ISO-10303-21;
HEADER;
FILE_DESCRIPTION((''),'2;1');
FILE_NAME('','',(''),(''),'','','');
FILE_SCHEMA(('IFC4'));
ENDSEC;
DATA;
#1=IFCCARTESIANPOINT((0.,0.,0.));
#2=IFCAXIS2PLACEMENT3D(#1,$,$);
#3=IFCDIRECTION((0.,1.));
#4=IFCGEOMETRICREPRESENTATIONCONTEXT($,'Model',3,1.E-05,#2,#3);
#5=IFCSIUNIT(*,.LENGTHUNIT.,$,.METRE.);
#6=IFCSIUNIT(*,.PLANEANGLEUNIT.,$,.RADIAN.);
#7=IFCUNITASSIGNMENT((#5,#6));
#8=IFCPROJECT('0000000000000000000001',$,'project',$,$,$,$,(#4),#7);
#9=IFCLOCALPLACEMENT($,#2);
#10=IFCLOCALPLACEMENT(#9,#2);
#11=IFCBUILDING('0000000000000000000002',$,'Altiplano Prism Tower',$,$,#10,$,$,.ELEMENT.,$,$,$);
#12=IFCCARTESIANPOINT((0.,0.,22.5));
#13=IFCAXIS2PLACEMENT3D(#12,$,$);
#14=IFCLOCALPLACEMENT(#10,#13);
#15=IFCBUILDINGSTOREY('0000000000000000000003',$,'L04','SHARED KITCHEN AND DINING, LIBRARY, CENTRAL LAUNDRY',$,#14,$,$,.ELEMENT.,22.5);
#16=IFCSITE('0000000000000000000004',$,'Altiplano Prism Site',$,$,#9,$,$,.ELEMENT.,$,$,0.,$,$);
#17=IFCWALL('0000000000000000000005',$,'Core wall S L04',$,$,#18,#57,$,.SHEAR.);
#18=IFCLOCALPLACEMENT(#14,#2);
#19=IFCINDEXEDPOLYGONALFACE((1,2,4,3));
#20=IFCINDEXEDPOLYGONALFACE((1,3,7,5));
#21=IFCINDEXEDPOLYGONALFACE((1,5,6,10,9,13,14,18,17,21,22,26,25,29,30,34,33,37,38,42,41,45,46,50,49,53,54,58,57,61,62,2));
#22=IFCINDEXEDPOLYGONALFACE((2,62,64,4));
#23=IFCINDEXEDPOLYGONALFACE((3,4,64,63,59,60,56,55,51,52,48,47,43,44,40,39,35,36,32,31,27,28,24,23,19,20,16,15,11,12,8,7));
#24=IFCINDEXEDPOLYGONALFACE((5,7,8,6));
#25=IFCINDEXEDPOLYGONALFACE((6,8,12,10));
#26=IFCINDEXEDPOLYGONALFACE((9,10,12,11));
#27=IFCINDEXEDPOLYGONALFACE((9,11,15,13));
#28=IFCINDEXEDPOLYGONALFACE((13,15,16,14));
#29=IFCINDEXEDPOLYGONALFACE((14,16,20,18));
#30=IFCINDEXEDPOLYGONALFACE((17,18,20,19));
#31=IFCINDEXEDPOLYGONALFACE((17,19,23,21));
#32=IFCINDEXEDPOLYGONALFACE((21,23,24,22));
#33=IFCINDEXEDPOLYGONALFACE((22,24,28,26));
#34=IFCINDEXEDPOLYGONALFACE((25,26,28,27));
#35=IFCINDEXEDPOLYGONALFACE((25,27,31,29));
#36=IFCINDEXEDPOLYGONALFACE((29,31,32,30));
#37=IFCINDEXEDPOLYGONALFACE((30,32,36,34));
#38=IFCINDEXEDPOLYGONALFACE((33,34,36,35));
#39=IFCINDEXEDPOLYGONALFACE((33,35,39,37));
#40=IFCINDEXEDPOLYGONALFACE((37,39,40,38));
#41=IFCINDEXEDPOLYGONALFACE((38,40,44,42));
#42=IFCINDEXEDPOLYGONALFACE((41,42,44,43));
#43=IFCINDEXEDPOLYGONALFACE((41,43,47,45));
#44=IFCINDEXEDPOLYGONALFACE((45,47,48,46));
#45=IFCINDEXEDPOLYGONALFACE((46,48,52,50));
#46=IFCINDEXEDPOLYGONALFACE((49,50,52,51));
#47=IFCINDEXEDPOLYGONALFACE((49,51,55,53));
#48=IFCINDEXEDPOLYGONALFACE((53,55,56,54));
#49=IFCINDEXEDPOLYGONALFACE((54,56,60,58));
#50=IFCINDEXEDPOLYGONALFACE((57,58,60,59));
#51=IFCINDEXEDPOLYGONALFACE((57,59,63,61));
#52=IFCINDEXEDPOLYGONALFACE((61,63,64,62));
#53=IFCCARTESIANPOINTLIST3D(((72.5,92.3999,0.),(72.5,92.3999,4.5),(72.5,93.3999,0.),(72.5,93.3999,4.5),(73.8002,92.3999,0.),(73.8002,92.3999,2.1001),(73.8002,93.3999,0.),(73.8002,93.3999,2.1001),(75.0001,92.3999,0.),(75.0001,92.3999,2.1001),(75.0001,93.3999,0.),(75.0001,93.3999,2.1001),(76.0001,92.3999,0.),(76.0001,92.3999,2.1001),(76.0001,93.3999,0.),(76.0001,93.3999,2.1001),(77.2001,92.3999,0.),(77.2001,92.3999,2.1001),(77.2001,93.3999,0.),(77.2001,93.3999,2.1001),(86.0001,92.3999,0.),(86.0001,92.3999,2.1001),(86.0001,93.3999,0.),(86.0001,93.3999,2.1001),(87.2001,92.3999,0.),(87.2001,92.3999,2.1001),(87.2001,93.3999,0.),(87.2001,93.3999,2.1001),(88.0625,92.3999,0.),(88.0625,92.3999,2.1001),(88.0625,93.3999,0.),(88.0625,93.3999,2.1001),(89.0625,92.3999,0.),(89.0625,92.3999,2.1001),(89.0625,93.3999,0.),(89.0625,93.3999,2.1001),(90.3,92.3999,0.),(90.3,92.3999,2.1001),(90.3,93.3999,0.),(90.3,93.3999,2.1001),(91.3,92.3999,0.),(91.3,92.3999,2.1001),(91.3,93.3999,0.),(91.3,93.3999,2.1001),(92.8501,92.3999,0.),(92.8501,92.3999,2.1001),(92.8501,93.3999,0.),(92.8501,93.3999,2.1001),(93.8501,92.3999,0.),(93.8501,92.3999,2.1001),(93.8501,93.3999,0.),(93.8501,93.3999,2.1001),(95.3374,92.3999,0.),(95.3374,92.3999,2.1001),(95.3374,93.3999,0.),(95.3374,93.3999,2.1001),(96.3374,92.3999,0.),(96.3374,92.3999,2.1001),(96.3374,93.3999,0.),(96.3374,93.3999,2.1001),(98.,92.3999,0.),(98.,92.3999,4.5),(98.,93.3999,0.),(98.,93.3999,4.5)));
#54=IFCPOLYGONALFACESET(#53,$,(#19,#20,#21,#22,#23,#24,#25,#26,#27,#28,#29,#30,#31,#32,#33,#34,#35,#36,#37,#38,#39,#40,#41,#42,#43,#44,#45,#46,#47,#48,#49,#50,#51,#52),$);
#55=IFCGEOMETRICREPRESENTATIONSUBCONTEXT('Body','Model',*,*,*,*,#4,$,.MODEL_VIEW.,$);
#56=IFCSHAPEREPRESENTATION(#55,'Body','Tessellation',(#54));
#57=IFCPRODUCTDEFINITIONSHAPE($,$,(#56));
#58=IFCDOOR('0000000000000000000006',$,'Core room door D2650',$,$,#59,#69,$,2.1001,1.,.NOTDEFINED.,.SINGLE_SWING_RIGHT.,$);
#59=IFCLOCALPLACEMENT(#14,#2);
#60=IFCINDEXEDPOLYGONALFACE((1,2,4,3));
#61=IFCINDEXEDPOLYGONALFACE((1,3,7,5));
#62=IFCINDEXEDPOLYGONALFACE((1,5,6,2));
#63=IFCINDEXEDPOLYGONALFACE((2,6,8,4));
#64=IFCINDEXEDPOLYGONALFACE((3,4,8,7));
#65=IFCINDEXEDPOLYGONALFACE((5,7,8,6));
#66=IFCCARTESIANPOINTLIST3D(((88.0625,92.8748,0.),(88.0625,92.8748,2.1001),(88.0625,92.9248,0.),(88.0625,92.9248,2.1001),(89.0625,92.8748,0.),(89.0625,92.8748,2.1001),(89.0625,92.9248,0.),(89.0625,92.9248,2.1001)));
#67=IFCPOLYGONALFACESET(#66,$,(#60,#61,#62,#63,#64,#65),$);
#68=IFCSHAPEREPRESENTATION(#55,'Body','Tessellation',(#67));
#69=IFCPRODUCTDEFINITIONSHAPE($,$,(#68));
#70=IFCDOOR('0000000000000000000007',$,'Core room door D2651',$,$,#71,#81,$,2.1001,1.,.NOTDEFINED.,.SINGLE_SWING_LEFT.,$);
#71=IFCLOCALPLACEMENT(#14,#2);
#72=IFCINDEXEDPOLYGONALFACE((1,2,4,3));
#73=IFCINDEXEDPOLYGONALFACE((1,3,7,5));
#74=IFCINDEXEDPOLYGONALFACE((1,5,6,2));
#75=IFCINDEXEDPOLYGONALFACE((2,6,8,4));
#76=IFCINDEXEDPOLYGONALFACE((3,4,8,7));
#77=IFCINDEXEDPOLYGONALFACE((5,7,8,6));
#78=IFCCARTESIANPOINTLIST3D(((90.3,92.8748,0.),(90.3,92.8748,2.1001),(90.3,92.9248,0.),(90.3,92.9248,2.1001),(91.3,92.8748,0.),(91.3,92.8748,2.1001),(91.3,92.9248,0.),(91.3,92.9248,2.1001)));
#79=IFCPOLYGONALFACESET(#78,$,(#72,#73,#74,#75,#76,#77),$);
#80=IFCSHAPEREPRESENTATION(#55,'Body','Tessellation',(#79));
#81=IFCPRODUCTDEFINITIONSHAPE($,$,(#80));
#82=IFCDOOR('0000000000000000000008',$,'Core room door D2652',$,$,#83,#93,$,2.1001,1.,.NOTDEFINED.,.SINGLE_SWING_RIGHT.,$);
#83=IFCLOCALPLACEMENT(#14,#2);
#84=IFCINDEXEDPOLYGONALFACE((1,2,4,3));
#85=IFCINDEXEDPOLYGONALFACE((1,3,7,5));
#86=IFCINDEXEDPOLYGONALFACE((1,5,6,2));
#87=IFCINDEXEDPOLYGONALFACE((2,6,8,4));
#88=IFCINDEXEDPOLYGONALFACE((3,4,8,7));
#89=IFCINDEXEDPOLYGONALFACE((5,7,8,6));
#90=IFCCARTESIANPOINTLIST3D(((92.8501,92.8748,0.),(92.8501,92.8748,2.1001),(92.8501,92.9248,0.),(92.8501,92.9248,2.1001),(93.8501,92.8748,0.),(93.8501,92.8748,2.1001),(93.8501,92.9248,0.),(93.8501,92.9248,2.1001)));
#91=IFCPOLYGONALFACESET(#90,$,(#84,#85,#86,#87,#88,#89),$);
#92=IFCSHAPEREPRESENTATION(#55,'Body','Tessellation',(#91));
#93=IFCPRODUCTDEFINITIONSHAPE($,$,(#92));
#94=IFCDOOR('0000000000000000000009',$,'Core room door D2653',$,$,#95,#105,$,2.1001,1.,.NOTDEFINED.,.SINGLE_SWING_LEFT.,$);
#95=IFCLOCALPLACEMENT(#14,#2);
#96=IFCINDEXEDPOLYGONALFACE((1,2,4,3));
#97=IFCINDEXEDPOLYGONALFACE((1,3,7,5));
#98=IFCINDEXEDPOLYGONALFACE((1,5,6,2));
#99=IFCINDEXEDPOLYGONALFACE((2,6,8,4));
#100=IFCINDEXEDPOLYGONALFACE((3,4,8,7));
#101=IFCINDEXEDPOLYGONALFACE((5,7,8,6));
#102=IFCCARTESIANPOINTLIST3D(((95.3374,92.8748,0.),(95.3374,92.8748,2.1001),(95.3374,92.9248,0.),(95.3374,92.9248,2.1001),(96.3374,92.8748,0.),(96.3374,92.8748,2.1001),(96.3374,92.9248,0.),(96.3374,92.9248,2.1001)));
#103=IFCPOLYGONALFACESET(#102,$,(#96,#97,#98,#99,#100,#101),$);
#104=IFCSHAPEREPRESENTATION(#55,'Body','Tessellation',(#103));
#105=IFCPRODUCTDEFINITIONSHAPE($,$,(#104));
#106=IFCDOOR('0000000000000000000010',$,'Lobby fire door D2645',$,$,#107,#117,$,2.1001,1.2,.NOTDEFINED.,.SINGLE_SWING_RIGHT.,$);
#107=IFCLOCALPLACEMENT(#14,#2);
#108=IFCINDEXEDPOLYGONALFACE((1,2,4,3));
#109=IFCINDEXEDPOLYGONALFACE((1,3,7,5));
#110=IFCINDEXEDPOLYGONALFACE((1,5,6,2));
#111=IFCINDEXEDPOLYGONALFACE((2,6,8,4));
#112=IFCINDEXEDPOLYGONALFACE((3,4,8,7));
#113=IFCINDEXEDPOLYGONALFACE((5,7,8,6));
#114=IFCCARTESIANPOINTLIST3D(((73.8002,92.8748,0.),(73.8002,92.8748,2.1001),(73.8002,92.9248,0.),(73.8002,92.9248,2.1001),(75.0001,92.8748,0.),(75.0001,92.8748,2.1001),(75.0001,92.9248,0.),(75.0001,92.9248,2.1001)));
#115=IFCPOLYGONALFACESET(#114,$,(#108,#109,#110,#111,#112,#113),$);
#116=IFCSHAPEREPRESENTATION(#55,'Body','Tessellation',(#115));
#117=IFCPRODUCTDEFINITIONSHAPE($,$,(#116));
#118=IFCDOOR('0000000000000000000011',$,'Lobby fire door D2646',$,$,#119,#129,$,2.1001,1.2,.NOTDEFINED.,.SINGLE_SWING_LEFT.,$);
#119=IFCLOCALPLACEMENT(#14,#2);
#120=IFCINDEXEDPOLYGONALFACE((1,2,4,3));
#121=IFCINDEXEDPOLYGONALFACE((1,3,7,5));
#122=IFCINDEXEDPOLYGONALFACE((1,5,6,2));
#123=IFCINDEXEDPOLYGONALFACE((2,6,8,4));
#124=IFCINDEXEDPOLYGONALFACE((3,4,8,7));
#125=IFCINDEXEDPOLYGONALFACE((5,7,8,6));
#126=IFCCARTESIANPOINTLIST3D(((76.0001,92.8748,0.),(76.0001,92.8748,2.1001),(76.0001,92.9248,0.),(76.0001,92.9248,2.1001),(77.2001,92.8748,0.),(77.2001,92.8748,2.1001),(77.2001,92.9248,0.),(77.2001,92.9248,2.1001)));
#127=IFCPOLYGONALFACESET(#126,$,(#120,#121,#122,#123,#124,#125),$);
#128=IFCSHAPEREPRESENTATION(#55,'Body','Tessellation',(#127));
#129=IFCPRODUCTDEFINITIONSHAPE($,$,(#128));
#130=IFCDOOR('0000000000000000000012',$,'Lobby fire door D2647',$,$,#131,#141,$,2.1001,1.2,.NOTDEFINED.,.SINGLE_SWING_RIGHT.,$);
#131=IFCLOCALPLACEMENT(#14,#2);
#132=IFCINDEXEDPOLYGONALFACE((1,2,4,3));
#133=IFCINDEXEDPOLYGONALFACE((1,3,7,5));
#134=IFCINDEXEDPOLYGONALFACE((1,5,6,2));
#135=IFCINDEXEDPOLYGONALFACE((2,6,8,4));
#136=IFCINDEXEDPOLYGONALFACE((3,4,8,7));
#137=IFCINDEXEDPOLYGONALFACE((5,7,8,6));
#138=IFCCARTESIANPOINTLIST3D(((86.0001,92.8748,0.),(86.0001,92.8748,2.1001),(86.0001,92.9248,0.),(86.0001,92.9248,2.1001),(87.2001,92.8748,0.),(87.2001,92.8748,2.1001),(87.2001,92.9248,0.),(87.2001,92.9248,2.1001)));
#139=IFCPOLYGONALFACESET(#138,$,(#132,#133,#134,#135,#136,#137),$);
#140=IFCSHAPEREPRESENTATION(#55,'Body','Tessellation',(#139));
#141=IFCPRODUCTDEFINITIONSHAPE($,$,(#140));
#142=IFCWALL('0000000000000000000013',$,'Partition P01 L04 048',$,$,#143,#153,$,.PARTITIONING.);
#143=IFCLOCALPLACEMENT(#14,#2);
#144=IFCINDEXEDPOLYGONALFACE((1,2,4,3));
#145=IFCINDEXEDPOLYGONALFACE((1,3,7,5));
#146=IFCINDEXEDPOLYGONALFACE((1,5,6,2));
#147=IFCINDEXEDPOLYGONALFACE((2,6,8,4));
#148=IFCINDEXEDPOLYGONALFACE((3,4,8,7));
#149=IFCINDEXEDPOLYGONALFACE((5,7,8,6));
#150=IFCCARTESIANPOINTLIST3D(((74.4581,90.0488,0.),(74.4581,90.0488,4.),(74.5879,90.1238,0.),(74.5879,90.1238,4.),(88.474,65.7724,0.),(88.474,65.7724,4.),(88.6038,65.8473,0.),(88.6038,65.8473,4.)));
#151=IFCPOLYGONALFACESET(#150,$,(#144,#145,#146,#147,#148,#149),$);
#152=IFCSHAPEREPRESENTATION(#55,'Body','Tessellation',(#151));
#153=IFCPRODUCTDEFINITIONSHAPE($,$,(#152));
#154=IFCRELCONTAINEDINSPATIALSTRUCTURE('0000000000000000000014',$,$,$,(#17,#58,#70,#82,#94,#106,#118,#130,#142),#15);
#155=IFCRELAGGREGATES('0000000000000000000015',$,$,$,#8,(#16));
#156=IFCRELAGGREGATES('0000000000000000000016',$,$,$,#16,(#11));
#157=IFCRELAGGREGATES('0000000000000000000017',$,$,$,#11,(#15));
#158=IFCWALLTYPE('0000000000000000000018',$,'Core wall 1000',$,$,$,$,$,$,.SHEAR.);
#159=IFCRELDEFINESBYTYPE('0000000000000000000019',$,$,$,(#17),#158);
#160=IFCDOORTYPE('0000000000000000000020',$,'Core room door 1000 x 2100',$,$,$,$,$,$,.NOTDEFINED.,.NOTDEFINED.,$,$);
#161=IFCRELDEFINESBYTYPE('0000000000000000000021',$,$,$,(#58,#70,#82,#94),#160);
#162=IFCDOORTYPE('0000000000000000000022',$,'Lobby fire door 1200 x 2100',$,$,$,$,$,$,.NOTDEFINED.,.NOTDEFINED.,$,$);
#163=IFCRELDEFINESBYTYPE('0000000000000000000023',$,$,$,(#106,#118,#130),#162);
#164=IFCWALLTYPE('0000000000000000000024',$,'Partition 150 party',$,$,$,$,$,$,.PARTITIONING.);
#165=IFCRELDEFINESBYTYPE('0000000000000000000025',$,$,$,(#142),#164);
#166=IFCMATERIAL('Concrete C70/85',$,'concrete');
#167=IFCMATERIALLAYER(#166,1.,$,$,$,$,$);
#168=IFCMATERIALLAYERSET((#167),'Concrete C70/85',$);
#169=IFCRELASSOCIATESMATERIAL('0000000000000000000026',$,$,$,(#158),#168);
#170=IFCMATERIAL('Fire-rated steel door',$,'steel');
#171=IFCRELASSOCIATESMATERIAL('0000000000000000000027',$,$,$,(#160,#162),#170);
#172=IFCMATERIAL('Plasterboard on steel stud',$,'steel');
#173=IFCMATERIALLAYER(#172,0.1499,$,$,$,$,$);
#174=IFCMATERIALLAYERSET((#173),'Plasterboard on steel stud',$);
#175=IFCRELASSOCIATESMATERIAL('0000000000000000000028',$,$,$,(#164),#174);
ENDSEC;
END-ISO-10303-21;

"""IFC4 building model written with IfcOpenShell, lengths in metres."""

from ifc_helpers import new_model, si_unit, direction, frame, frame_2d, origin, place, context, subcontext, project, spatial, rectangle, extrude, material, layer, layer_set, type_object, element, fill, save


model = new_model("IFC4")

# Units and contexts
model_context = context("Model", 3, precision=1e-05, world=origin(), true_north=direction((0.0, 1.0)))
body_context = subcontext(model_context, "Body", "Model", "MODEL_VIEW")
ifc_project = project(units=[si_unit("LENGTHUNIT", "METRE"), si_unit("PLANEANGLEUNIT", "RADIAN")], contexts=[model_context])

# Site, building, storey
site_placement = place(None, origin())
site = spatial("IfcSite", under=ifc_project, at=site_placement, Name="Altiplano Prism Site", CompositionType="ELEMENT", RefElevation=0.0)
building_placement = place(site_placement, origin())
building = spatial("IfcBuilding", under=site, at=building_placement, Name="Altiplano Prism Tower", CompositionType="ELEMENT")
storey_placement = place(building_placement, frame((0.0, 0.0, 22.5)))
storey = spatial("IfcBuildingStorey", under=building, at=storey_placement, Name="L04", Description="SHARED KITCHEN AND DINING, LIBRARY, CENTRAL LAUNDRY", CompositionType="ELEMENT", Elevation=22.5)

# Wall, openings, doors
ifc_material_1 = material(Name="Concrete C70/85", Category="concrete")
ifc_layer_1 = layer(ifc_material_1, 1.0)
ifc_layer_set_1 = layer_set([ifc_layer_1], Name="Concrete C70/85")
wall_type_1 = type_object("IfcWallType", Name="Core wall 1000", PredefinedType="SHEAR", material=ifc_layer_set_1)
wall_1_placement = place(storey_placement, frame((72.5, 92.8999, 0.0), z_axis=(0.0, 0.0, 1.0), x_axis=(1.0, 0.0, 0.0)))
wall_1 = element("IfcWall", 1, at=wall_1_placement, inside=storey, type_object=wall_type_1, Name="Core wall S L04", PredefinedType="SHEAR", context=body_context, shape_type="SweptSolid", body=[
    extrude(rectangle(XDim=25.5, YDim=1.0, at=frame_2d((12.75, 0.0))), origin(), (0.0, 0.0, 1.0), 4.5),
])
opening_1_placement = place(wall_1_placement, frame((1.3, 0.0, 0.0)))
opening_1 = element("IfcOpeningElement", 2, at=opening_1_placement, cuts=wall_1, PredefinedType="OPENING", context=body_context, shape_type="SweptSolid", body=[
    extrude(rectangle(XDim=1.2, YDim=2.1001, at=frame_2d((0.6001, 1.05))), frame((0.0, 0.5105, 0.0), z_axis=(0.0, -1.0, 0.0), x_axis=(1.0, 0.0, 0.0)), (0.0, 0.0, 1.0), 1.021),
])
opening_2_placement = place(wall_1_placement, frame((3.5, 0.0, 0.0)))
opening_2 = element("IfcOpeningElement", 3, at=opening_2_placement, cuts=wall_1, PredefinedType="OPENING", context=body_context, shape_type="SweptSolid", body=[
    extrude(rectangle(XDim=1.2, YDim=2.1001, at=frame_2d((0.6001, 1.05))), frame((0.0, 0.5105, 0.0), z_axis=(0.0, -1.0, 0.0), x_axis=(1.0, 0.0, 0.0)), (0.0, 0.0, 1.0), 1.021),
])
opening_3_placement = place(wall_1_placement, frame((13.5, 0.0, 0.0)))
opening_3 = element("IfcOpeningElement", 4, at=opening_3_placement, cuts=wall_1, PredefinedType="OPENING", context=body_context, shape_type="SweptSolid", body=[
    extrude(rectangle(XDim=1.2, YDim=2.1001, at=frame_2d((0.6001, 1.05))), frame((0.0, 0.5105, 0.0), z_axis=(0.0, -1.0, 0.0), x_axis=(1.0, 0.0, 0.0)), (0.0, 0.0, 1.0), 1.021),
])
opening_4_placement = place(wall_1_placement, frame((15.5625, 0.0, 0.0)))
opening_4 = element("IfcOpeningElement", 5, at=opening_4_placement, cuts=wall_1, PredefinedType="OPENING", context=body_context, shape_type="SweptSolid", body=[
    extrude(rectangle(XDim=1.0, YDim=2.1001, at=frame_2d((0.5, 1.05))), frame((0.0, 0.5105, 0.0), z_axis=(0.0, -1.0, 0.0), x_axis=(1.0, 0.0, 0.0)), (0.0, 0.0, 1.0), 1.021),
])
opening_5_placement = place(wall_1_placement, frame((17.8, 0.0, 0.0)))
opening_5 = element("IfcOpeningElement", 6, at=opening_5_placement, cuts=wall_1, PredefinedType="OPENING", context=body_context, shape_type="SweptSolid", body=[
    extrude(rectangle(XDim=1.0, YDim=2.1001, at=frame_2d((0.5, 1.05))), frame((0.0, 0.5105, 0.0), z_axis=(0.0, -1.0, 0.0), x_axis=(1.0, 0.0, 0.0)), (0.0, 0.0, 1.0), 1.021),
])
opening_6_placement = place(wall_1_placement, frame((20.3501, 0.0, 0.0)))
opening_6 = element("IfcOpeningElement", 7, at=opening_6_placement, cuts=wall_1, PredefinedType="OPENING", context=body_context, shape_type="SweptSolid", body=[
    extrude(rectangle(XDim=1.0, YDim=2.1001, at=frame_2d((0.5, 1.05))), frame((0.0, 0.5105, 0.0), z_axis=(0.0, -1.0, 0.0), x_axis=(1.0, 0.0, 0.0)), (0.0, 0.0, 1.0), 1.021),
])
opening_7_placement = place(wall_1_placement, frame((22.8374, 0.0, 0.0)))
opening_7 = element("IfcOpeningElement", 8, at=opening_7_placement, cuts=wall_1, PredefinedType="OPENING", context=body_context, shape_type="SweptSolid", body=[
    extrude(rectangle(XDim=1.0, YDim=2.1001, at=frame_2d((0.5, 1.05))), frame((0.0, 0.5105, 0.0), z_axis=(0.0, -1.0, 0.0), x_axis=(1.0, 0.0, 0.0)), (0.0, 0.0, 1.0), 1.021),
])
ifc_material_2 = material(Name="Fire-rated steel door", Category="steel")
door_type_1 = type_object("IfcDoorType", Name="Core room door 1000 x 2100", OperationType="NOTDEFINED", PredefinedType="NOTDEFINED", material=ifc_material_2)
door_1_placement = place(opening_4_placement, origin())
door_1 = element("IfcDoor", 9, at=door_1_placement, inside=storey, type_object=door_type_1, Name="Core room door D2650", OperationType="SINGLE_SWING_RIGHT", OverallHeight=2.1001, OverallWidth=1.0, PredefinedType="NOTDEFINED", context=body_context, shape_type="SweptSolid", body=[
    extrude(rectangle(XDim=1.0, YDim=2.1001, at=frame_2d((0.5, 1.05))), frame((0.0, 0.0249, 0.0), z_axis=(0.0, -1.0, 0.0), x_axis=(1.0, 0.0, 0.0)), (0.0, 0.0, 1.0), 0.05),
])
fill(opening_4, door_1)
door_2_placement = place(opening_5_placement, origin())
door_2 = element("IfcDoor", 10, at=door_2_placement, inside=storey, type_object=door_type_1, Name="Core room door D2651", OperationType="SINGLE_SWING_LEFT", OverallHeight=2.1001, OverallWidth=1.0, PredefinedType="NOTDEFINED", context=body_context, shape_type="SweptSolid", body=[
    extrude(rectangle(XDim=1.0, YDim=2.1001, at=frame_2d((0.5, 1.05))), frame((0.0, 0.0249, 0.0), z_axis=(0.0, -1.0, 0.0), x_axis=(1.0, 0.0, 0.0)), (0.0, 0.0, 1.0), 0.05),
])
fill(opening_5, door_2)
door_3_placement = place(opening_6_placement, origin())
door_3 = element("IfcDoor", 11, at=door_3_placement, inside=storey, type_object=door_type_1, Name="Core room door D2652", OperationType="SINGLE_SWING_RIGHT", OverallHeight=2.1001, OverallWidth=1.0, PredefinedType="NOTDEFINED", context=body_context, shape_type="SweptSolid", body=[
    extrude(rectangle(XDim=1.0, YDim=2.1001, at=frame_2d((0.5, 1.05))), frame((0.0, 0.0249, 0.0), z_axis=(0.0, -1.0, 0.0), x_axis=(1.0, 0.0, 0.0)), (0.0, 0.0, 1.0), 0.05),
])
fill(opening_6, door_3)
door_4_placement = place(opening_7_placement, origin())
door_4 = element("IfcDoor", 12, at=door_4_placement, inside=storey, type_object=door_type_1, Name="Core room door D2653", OperationType="SINGLE_SWING_LEFT", OverallHeight=2.1001, OverallWidth=1.0, PredefinedType="NOTDEFINED", context=body_context, shape_type="SweptSolid", body=[
    extrude(rectangle(XDim=1.0, YDim=2.1001, at=frame_2d((0.5, 1.05))), frame((0.0, 0.0249, 0.0), z_axis=(0.0, -1.0, 0.0), x_axis=(1.0, 0.0, 0.0)), (0.0, 0.0, 1.0), 0.05),
])
fill(opening_7, door_4)
door_type_2 = type_object("IfcDoorType", Name="Lobby fire door 1200 x 2100", OperationType="NOTDEFINED", PredefinedType="NOTDEFINED", material=ifc_material_2)
door_5_placement = place(opening_1_placement, origin())
door_5 = element("IfcDoor", 13, at=door_5_placement, inside=storey, type_object=door_type_2, Name="Lobby fire door D2645", OperationType="SINGLE_SWING_RIGHT", OverallHeight=2.1001, OverallWidth=1.2, PredefinedType="NOTDEFINED", context=body_context, shape_type="SweptSolid", body=[
    extrude(rectangle(XDim=1.2, YDim=2.1001, at=frame_2d((0.6001, 1.05))), frame((0.0, 0.0249, 0.0), z_axis=(0.0, -1.0, 0.0), x_axis=(1.0, 0.0, 0.0)), (0.0, 0.0, 1.0), 0.05),
])
fill(opening_1, door_5)
door_6_placement = place(opening_2_placement, origin())
door_6 = element("IfcDoor", 14, at=door_6_placement, inside=storey, type_object=door_type_2, Name="Lobby fire door D2646", OperationType="SINGLE_SWING_LEFT", OverallHeight=2.1001, OverallWidth=1.2, PredefinedType="NOTDEFINED", context=body_context, shape_type="SweptSolid", body=[
    extrude(rectangle(XDim=1.2, YDim=2.1001, at=frame_2d((0.6001, 1.05))), frame((0.0, 0.0249, 0.0), z_axis=(0.0, -1.0, 0.0), x_axis=(1.0, 0.0, 0.0)), (0.0, 0.0, 1.0), 0.05),
])
fill(opening_2, door_6)
door_7_placement = place(opening_3_placement, origin())
door_7 = element("IfcDoor", 15, at=door_7_placement, inside=storey, type_object=door_type_2, Name="Lobby fire door D2647", OperationType="SINGLE_SWING_RIGHT", OverallHeight=2.1001, OverallWidth=1.2, PredefinedType="NOTDEFINED", context=body_context, shape_type="SweptSolid", body=[
    extrude(rectangle(XDim=1.2, YDim=2.1001, at=frame_2d((0.6001, 1.05))), frame((0.0, 0.0249, 0.0), z_axis=(0.0, -1.0, 0.0), x_axis=(1.0, 0.0, 0.0)), (0.0, 0.0, 1.0), 0.05),
])
fill(opening_3, door_7)

# Wall
ifc_material_3 = material(Name="Plasterboard on steel stud", Category="steel")
ifc_layer_2 = layer(ifc_material_3, 0.1499)
ifc_layer_set_2 = layer_set([ifc_layer_2], Name="Plasterboard on steel stud")
wall_type_2 = type_object("IfcWallType", Name="Partition 150 party", PredefinedType="PARTITIONING", material=ifc_layer_set_2)
wall_2_placement = place(storey_placement, frame((74.5229, 90.0864, 0.0), z_axis=(0.0, 0.0, 1.0), x_axis=(0.499997, -0.866027, 0.0)))
element("IfcWall", 16, at=wall_2_placement, inside=storey, type_object=wall_type_2, Name="Partition P01 L04 048", PredefinedType="PARTITIONING", context=body_context, shape_type="SweptSolid", body=[
    extrude(rectangle(XDim=28.032, YDim=0.1499, at=frame_2d((14.0161, 0.0))), origin(), (0.0, 0.0, 1.0), 4.0),
])

save(model, "model.ifc")
